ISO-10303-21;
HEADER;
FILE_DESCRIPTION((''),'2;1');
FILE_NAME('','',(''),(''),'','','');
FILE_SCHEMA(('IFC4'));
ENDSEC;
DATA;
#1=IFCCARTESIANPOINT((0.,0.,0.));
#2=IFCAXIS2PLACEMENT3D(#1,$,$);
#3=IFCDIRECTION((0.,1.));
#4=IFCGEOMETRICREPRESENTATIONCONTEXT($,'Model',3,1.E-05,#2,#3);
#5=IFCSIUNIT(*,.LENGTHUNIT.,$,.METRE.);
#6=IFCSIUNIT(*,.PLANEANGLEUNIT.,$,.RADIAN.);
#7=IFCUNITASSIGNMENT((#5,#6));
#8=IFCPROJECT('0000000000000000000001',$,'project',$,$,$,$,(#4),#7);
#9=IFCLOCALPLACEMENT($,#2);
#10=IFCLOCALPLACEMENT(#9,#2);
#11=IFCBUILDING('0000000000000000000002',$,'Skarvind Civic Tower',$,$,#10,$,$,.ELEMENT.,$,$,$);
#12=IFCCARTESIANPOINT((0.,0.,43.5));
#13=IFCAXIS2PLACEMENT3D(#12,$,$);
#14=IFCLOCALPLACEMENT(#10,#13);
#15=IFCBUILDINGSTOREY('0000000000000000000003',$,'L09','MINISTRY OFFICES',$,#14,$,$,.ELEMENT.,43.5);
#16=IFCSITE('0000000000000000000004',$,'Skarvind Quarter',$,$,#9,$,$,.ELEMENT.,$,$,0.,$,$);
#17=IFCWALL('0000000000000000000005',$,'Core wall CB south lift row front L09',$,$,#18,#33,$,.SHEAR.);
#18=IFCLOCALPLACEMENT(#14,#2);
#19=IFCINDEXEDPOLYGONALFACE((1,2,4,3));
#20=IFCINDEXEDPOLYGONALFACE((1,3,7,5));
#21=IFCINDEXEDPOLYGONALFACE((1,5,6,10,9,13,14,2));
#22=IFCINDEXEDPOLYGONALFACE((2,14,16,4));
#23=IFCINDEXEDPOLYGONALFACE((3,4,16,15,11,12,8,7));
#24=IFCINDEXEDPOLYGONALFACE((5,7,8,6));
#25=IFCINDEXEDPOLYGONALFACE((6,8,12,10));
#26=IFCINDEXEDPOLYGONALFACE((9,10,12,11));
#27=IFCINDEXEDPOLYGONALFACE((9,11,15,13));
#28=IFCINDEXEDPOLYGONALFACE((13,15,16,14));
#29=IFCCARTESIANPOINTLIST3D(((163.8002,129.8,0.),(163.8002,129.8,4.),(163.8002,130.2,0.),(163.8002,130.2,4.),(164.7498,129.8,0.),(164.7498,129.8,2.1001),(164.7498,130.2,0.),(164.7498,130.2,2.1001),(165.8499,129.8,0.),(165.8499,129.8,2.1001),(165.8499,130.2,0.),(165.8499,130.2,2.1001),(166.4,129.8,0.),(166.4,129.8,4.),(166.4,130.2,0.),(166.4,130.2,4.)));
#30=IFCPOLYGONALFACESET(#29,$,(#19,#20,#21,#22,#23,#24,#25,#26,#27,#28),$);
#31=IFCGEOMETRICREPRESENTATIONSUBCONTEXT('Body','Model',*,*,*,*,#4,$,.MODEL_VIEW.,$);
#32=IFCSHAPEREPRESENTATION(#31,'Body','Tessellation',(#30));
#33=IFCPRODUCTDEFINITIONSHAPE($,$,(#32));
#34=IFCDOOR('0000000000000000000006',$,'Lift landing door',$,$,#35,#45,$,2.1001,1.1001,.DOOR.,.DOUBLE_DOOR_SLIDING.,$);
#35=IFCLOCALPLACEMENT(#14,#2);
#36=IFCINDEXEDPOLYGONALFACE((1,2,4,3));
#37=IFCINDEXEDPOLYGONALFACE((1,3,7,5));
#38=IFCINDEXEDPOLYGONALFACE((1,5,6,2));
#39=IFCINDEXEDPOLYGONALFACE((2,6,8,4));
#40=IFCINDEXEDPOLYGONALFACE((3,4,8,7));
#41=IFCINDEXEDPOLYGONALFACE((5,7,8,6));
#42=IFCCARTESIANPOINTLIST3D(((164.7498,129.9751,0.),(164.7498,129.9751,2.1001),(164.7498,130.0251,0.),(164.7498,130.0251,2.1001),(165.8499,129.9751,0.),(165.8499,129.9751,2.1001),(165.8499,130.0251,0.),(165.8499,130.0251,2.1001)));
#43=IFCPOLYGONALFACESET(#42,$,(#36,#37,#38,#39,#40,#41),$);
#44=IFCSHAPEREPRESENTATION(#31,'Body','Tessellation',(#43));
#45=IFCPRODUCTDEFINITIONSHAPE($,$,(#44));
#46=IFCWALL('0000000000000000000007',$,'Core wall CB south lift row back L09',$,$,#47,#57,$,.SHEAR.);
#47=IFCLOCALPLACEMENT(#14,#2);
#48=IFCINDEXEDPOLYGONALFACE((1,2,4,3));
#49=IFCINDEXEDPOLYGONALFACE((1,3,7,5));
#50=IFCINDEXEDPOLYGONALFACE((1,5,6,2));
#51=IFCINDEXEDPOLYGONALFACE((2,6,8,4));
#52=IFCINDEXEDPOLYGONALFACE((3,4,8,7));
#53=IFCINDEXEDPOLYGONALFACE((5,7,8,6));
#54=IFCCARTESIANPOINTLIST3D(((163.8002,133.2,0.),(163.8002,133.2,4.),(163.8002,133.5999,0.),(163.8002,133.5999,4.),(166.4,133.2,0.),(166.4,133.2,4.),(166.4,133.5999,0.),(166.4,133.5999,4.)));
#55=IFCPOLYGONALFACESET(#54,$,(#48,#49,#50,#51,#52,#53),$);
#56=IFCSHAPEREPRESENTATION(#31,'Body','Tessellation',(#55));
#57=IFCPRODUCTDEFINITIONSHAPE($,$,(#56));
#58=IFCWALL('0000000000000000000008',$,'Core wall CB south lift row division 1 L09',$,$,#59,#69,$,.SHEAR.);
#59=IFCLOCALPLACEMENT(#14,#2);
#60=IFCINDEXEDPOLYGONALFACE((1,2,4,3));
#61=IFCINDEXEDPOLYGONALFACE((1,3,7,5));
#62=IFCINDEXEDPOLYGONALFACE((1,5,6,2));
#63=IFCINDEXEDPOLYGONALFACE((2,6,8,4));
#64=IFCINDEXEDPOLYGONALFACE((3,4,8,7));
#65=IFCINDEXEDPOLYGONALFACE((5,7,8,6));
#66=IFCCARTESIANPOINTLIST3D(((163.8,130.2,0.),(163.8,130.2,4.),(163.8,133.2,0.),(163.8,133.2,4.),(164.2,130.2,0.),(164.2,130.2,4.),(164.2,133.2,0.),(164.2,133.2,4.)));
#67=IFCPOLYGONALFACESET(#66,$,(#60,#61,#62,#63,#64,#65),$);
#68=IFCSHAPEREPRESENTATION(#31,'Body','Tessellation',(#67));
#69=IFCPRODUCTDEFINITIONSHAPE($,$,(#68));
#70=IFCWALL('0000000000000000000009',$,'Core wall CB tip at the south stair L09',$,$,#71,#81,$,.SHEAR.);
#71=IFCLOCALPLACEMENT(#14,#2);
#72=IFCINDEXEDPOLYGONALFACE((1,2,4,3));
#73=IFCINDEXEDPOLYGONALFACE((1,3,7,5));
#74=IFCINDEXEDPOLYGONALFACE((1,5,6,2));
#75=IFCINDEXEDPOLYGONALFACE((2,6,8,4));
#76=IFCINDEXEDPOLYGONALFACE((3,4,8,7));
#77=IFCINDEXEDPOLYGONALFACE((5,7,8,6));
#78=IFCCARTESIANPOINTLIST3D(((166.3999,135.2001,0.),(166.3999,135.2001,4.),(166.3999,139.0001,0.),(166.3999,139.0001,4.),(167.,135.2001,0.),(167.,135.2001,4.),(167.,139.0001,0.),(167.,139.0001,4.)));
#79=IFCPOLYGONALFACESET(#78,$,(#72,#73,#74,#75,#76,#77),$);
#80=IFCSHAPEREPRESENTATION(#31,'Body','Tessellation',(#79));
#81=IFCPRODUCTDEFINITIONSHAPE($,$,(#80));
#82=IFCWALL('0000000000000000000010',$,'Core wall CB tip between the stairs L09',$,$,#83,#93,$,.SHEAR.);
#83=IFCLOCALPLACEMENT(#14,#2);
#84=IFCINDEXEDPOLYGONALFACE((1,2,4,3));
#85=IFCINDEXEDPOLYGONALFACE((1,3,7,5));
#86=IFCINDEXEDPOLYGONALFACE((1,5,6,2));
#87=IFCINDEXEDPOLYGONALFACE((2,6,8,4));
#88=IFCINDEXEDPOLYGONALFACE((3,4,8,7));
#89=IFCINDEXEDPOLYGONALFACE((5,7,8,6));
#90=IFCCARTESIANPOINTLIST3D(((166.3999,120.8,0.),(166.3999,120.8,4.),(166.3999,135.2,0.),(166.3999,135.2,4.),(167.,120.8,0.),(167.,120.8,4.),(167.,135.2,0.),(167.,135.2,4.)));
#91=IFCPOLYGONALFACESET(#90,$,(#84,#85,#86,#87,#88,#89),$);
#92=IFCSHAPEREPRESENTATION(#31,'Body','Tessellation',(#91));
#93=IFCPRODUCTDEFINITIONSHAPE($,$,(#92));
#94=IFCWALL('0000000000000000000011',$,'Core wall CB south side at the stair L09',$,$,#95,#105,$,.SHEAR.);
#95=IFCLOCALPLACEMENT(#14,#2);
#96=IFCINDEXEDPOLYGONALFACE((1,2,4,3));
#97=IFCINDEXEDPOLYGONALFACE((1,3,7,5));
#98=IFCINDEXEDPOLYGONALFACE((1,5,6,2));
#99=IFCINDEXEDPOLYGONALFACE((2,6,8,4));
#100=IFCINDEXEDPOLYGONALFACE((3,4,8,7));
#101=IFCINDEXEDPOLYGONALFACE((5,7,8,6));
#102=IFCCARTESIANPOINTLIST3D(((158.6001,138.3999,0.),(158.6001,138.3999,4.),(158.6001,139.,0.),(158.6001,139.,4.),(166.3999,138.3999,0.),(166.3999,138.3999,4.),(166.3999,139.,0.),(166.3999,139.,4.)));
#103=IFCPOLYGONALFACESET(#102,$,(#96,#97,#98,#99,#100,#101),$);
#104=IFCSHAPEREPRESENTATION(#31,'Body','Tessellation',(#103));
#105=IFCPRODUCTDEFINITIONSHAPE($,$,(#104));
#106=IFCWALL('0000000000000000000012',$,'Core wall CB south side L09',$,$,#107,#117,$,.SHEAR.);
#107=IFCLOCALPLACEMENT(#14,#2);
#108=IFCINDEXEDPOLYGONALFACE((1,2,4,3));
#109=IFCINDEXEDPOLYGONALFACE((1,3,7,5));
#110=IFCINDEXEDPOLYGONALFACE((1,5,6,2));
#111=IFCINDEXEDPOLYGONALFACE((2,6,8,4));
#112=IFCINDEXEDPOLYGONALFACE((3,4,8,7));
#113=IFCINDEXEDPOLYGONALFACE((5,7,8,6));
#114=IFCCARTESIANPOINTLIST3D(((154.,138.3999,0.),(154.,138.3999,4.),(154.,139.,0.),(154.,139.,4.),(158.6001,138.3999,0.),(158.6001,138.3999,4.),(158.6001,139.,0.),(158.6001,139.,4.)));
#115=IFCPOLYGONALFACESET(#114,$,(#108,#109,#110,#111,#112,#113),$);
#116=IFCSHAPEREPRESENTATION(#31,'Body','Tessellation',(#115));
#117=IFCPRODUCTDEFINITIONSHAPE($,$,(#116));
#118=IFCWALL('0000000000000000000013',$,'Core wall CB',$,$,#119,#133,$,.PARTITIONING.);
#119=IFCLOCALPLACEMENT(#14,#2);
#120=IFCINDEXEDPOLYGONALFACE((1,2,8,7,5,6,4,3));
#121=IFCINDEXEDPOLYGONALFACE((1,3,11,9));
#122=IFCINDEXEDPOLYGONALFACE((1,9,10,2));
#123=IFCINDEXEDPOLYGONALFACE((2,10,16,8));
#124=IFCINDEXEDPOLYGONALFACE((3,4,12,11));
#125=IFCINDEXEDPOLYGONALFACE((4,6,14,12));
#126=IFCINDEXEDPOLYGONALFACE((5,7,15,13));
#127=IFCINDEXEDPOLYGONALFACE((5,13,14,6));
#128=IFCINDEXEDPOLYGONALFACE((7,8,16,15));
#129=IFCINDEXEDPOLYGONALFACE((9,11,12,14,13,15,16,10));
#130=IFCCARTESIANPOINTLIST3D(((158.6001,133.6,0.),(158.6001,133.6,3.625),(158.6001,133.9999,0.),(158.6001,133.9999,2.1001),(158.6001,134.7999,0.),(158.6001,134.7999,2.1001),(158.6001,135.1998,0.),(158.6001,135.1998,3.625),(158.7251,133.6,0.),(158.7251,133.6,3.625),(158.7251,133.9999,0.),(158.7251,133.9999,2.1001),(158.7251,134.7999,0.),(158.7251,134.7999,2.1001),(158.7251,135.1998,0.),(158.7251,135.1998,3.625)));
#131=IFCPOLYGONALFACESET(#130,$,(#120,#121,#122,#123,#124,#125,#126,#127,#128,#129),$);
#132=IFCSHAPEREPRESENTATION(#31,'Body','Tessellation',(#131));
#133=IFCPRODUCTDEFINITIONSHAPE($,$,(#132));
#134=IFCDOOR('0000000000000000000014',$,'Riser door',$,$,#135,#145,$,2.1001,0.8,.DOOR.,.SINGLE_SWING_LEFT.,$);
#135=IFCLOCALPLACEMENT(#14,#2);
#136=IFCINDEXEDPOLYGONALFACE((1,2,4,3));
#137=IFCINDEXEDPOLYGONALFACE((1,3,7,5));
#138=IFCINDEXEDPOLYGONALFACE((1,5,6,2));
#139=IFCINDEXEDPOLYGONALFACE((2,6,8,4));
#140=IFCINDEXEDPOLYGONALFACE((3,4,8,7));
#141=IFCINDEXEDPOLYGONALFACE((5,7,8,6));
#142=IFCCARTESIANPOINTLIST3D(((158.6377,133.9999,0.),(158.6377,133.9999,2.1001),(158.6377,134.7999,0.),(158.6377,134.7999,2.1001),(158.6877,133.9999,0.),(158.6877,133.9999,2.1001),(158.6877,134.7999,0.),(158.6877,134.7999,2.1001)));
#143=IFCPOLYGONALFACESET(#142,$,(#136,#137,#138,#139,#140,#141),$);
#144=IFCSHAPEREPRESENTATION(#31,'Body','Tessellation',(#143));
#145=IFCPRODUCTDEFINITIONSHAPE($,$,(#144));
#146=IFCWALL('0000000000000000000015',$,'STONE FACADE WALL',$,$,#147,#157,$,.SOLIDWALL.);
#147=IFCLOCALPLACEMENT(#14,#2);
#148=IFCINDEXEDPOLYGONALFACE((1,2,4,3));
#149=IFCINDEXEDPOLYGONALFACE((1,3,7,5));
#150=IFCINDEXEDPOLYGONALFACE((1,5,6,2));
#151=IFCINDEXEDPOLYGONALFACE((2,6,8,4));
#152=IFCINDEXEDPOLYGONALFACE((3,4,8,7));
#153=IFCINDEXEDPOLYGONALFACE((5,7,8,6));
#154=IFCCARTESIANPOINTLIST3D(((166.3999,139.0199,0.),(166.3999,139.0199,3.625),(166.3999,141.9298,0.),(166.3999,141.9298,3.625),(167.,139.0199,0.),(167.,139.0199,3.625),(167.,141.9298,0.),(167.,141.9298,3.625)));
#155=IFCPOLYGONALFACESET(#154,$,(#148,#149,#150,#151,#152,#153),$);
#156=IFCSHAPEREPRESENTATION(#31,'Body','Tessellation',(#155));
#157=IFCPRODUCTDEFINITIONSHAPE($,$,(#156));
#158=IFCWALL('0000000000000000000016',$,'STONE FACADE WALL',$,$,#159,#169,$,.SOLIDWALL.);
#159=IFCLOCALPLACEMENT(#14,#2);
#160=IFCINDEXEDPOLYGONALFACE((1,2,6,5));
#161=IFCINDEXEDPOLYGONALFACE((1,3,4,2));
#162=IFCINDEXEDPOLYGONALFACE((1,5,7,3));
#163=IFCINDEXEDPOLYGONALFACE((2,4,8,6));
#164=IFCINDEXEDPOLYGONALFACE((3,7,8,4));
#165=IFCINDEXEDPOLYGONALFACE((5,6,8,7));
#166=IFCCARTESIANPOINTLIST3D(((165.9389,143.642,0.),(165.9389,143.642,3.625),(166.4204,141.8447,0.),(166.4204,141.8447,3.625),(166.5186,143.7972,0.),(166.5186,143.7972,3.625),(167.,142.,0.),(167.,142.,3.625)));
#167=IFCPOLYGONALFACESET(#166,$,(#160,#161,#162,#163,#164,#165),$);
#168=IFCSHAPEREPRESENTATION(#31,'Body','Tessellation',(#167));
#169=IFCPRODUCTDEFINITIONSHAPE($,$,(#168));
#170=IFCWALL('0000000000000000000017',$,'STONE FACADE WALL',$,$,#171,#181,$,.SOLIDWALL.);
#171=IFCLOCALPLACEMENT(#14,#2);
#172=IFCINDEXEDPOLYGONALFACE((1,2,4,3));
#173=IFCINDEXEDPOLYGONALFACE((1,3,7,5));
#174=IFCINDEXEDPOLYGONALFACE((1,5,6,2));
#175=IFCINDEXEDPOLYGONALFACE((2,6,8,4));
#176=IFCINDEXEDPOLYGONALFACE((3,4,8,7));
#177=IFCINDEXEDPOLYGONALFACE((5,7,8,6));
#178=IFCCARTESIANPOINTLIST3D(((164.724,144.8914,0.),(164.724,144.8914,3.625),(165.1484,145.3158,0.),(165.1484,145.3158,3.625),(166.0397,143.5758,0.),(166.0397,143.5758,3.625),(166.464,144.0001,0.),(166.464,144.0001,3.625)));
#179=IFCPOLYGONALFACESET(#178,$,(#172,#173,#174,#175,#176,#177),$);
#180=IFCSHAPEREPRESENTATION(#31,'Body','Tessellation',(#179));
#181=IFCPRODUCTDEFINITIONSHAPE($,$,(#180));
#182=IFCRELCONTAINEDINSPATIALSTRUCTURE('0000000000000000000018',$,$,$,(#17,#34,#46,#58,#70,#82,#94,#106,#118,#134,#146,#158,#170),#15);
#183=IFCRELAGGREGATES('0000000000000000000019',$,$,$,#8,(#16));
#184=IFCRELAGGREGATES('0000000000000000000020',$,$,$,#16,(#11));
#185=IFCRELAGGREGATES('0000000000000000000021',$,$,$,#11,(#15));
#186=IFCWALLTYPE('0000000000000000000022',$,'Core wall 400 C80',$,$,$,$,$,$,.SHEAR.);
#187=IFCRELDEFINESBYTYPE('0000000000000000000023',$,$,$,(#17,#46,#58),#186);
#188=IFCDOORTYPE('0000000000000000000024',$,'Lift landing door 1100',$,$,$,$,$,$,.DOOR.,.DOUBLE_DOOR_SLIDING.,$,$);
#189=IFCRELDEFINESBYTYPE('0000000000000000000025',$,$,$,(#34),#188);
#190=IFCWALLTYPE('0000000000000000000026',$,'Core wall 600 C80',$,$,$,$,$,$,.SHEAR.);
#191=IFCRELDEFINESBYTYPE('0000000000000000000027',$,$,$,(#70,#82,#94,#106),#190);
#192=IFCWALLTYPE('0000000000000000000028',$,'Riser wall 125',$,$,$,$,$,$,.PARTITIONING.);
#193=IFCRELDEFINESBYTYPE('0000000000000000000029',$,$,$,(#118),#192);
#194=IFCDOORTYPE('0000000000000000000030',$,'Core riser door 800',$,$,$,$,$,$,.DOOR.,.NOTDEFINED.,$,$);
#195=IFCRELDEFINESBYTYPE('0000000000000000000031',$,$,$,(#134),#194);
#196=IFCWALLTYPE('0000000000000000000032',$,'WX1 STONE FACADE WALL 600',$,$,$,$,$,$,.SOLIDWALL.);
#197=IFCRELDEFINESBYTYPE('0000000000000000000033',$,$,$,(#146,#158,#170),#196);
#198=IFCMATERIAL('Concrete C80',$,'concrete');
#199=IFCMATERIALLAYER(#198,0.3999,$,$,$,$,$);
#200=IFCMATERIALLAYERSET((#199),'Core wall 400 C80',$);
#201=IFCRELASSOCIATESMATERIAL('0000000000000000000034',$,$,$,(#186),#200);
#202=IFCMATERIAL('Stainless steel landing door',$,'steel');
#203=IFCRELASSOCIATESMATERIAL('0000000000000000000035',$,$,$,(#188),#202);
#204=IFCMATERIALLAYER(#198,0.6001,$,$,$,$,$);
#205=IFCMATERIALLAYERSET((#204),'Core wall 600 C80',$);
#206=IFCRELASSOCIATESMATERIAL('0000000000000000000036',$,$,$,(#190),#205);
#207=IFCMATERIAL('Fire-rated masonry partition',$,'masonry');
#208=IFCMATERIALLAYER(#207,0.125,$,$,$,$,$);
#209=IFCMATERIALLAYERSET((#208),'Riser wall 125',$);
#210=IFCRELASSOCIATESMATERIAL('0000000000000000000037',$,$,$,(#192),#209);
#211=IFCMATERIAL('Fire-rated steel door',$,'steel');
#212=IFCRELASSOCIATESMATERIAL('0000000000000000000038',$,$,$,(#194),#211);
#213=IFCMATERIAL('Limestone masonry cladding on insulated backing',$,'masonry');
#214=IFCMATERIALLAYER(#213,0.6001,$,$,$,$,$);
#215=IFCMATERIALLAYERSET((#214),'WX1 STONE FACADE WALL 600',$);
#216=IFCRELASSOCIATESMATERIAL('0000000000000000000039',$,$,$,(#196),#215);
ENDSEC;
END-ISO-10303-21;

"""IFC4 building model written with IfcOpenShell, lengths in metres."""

from ifc_helpers import new_model, si_unit, direction, frame, frame_2d, origin, place, context, subcontext, project, spatial, rectangle, extrude, material, layer, layer_set, type_object, element, fill, save


model = new_model("IFC4")

# Units and contexts
model_context = context("Model", 3, precision=1e-05, world=origin(), true_north=direction((0.0, 1.0)))
body_context = subcontext(model_context, "Body", "Model", "MODEL_VIEW")
ifc_project = project(units=[si_unit("LENGTHUNIT", "METRE"), si_unit("PLANEANGLEUNIT", "RADIAN")], contexts=[model_context])

# Site, building, storey
site_placement = place(None, origin())
site = spatial("IfcSite", under=ifc_project, at=site_placement, Name="Skarvind Quarter", CompositionType="ELEMENT", RefElevation=0.0)
building_placement = place(site_placement, origin())
building = spatial("IfcBuilding", under=site, at=building_placement, Name="Skarvind Civic Tower", CompositionType="ELEMENT")
storey_placement = place(building_placement, frame((0.0, 0.0, 43.5)))
storey = spatial("IfcBuildingStorey", under=building, at=storey_placement, Name="L09", Description="MINISTRY OFFICES", CompositionType="ELEMENT", Elevation=43.5)

# Shared definitions
ifc_material_1 = material(Name="Fire-rated masonry partition", Category="masonry")
ifc_material_2 = material(Name="Fire-rated steel door", Category="steel")

# Shared definitions
ifc_material_3 = material(Name="Concrete C80", Category="concrete")
ifc_layer_1 = layer(ifc_material_3, 0.3999)
ifc_layer_set_1 = layer_set([ifc_layer_1], Name="Core wall 400 C80")
wall_type_1 = type_object("IfcWallType", Name="Core wall 400 C80", PredefinedType="SHEAR", material=ifc_layer_set_1)

# Wall, opening, door
wall_1_placement = place(storey_placement, frame((166.3999, 130.0, 0.0), z_axis=(0.0, 0.0, 1.0), x_axis=(-1.0, 0.0, 0.0)))
wall_1 = element("IfcWall", 1, at=wall_1_placement, inside=storey, type_object=wall_type_1, Name="Core wall CB south lift row front L09", PredefinedType="SHEAR", context=body_context, shape_type="SweptSolid", body=[
    extrude(rectangle(XDim=2.5999, YDim=0.3999, at=frame_2d((1.2998, 0.0))), origin(), (0.0, 0.0, 1.0), 4.0),
])
opening_1_placement = place(wall_1_placement, frame((0.55, 0.0, 0.0)))
opening_1 = element("IfcOpeningElement", 2, at=opening_1_placement, cuts=wall_1, PredefinedType="OPENING", context=body_context, shape_type="SweptSolid", body=[
    extrude(rectangle(XDim=1.1001, YDim=2.1001, at=frame_2d((0.55, 1.05))), frame((0.0, 0.21, 0.0), z_axis=(0.0, -1.0, 0.0), x_axis=(1.0, 0.0, 0.0)), (0.0, 0.0, 1.0), 0.4199),
])
ifc_material_4 = material(Name="Stainless steel landing door", Category="steel")
door_type_1 = type_object("IfcDoorType", Name="Lift landing door 1100", OperationType="DOUBLE_DOOR_SLIDING", PredefinedType="DOOR", material=ifc_material_4)
door_1_placement = place(opening_1_placement, origin())
door_1 = element("IfcDoor", 3, at=door_1_placement, inside=storey, type_object=door_type_1, Name="Lift landing door", OperationType="DOUBLE_DOOR_SLIDING", OverallHeight=2.1001, OverallWidth=1.1001, PredefinedType="DOOR", context=body_context, shape_type="SweptSolid", body=[
    extrude(rectangle(XDim=1.1001, YDim=2.1001, at=frame_2d((0.55, 1.05))), frame((0.0, 0.0249, 0.0), z_axis=(0.0, -1.0, 0.0), x_axis=(1.0, 0.0, 0.0)), (0.0, 0.0, 1.0), 0.05),
])
fill(opening_1, door_1)

# Walls
wall_2_placement = place(storey_placement, frame((166.3999, 133.3999, 0.0), z_axis=(0.0, 0.0, 1.0), x_axis=(-1.0, 0.0, 0.0)))
element("IfcWall", 4, at=wall_2_placement, inside=storey, type_object=wall_type_1, Name="Core wall CB south lift row back L09", PredefinedType="SHEAR", context=body_context, shape_type="SweptSolid", body=[
    extrude(rectangle(XDim=2.5999, YDim=0.3999, at=frame_2d((1.2998, 0.0))), origin(), (0.0, 0.0, 1.0), 4.0),
])
wall_3_placement = place(storey_placement, frame((164.0, 133.2, 0.0), z_axis=(0.0, 0.0, 1.0), x_axis=(0.0, -1.0, 0.0)))
element("IfcWall", 5, at=wall_3_placement, inside=storey, type_object=wall_type_1, Name="Core wall CB south lift row division 1 L09", PredefinedType="SHEAR", context=body_context, shape_type="SweptSolid", body=[
    extrude(rectangle(XDim=3.0, YDim=0.3999, at=frame_2d((1.5, 0.0))), origin(), (0.0, 0.0, 1.0), 4.0),
])
ifc_layer_2 = layer(ifc_material_3, 0.6001)
ifc_layer_set_2 = layer_set([ifc_layer_2], Name="Core wall 600 C80")
wall_type_2 = type_object("IfcWallType", Name="Core wall 600 C80", PredefinedType="SHEAR", material=ifc_layer_set_2)
wall_4_placement = place(storey_placement, frame((166.7, 139.0, 0.0), z_axis=(0.0, 0.0, 1.0), x_axis=(0.0, -1.0, 0.0)))
element("IfcWall", 6, at=wall_4_placement, inside=storey, type_object=wall_type_2, Name="Core wall CB tip at the south stair L09", PredefinedType="SHEAR", context=body_context, shape_type="SweptSolid", body=[
    extrude(rectangle(XDim=3.8, YDim=0.6001, at=frame_2d((1.8999, 0.0))), origin(), (0.0, 0.0, 1.0), 4.0),
])
wall_5_placement = place(storey_placement, frame((166.7, 135.2, 0.0), z_axis=(0.0, 0.0, 1.0), x_axis=(0.0, -1.0, 0.0)))
element("IfcWall", 7, at=wall_5_placement, inside=storey, type_object=wall_type_2, Name="Core wall CB tip between the stairs L09", PredefinedType="SHEAR", context=body_context, shape_type="SweptSolid", body=[
    extrude(rectangle(XDim=14.3999, YDim=0.6001, at=frame_2d((7.2, 0.0))), origin(), (0.0, 0.0, 1.0), 4.0),
])
wall_6_placement = place(storey_placement, frame((166.3999, 138.7, 0.0), z_axis=(0.0, 0.0, 1.0), x_axis=(-1.0, 0.0, 0.0)))
element("IfcWall", 8, at=wall_6_placement, inside=storey, type_object=wall_type_2, Name="Core wall CB south side at the stair L09", PredefinedType="SHEAR", context=body_context, shape_type="SweptSolid", body=[
    extrude(rectangle(XDim=7.7998, YDim=0.6001, at=frame_2d((3.8999, 0.0))), origin(), (0.0, 0.0, 1.0), 4.0),
])
wall_7_placement = place(storey_placement, frame((158.6001, 138.7, 0.0), z_axis=(0.0, 0.0, 1.0), x_axis=(-1.0, 0.0, 0.0)))
element("IfcWall", 9, at=wall_7_placement, inside=storey, type_object=wall_type_2, Name="Core wall CB south side L09", PredefinedType="SHEAR", context=body_context, shape_type="SweptSolid", body=[
    extrude(rectangle(XDim=4.6001, YDim=0.6001, at=frame_2d((2.3, 0.0))), origin(), (0.0, 0.0, 1.0), 4.0),
])

# Wall, opening, door
ifc_layer_3 = layer(ifc_material_1, 0.125)
ifc_layer_set_3 = layer_set([ifc_layer_3], Name="Riser wall 125")
wall_type_3 = type_object("IfcWallType", Name="Riser wall 125", PredefinedType="PARTITIONING", material=ifc_layer_set_3)
wall_8_placement = place(storey_placement, frame((158.6626, 133.6001, 0.0), z_axis=(0.0, 0.0, 1.0), x_axis=(0.0, 1.0, 0.0)))
wall_8 = element("IfcWall", 10, at=wall_8_placement, inside=storey, type_object=wall_type_3, Name="Core wall CB", PredefinedType="PARTITIONING", context=body_context, shape_type="SweptSolid", body=[
    extrude(rectangle(XDim=1.5999, YDim=0.125, at=frame_2d((0.7998, 0.0))), origin(), (0.0, 0.0, 1.0), 3.625),
])
opening_2_placement = place(wall_8_placement, frame((0.3999, 0.0, 0.0)))
opening_2 = element("IfcOpeningElement", 11, at=opening_2_placement, cuts=wall_8, PredefinedType="OPENING", context=body_context, shape_type="SweptSolid", body=[
    extrude(rectangle(XDim=0.8, YDim=2.1001, at=frame_2d((0.3999, 1.05))), frame((0.0, 0.0725, 0.0), z_axis=(0.0, -1.0, 0.0), x_axis=(1.0, 0.0, 0.0)), (0.0, 0.0, 1.0), 0.145),
])
door_type_2 = type_object("IfcDoorType", Name="Core riser door 800", OperationType="NOTDEFINED", PredefinedType="DOOR", material=ifc_material_2)
door_2_placement = place(opening_2_placement, origin())
door_2 = element("IfcDoor", 12, at=door_2_placement, inside=storey, type_object=door_type_2, Name="Riser door", OperationType="SINGLE_SWING_LEFT", OverallHeight=2.1001, OverallWidth=0.8, PredefinedType="DOOR", context=body_context, shape_type="SweptSolid", body=[
    extrude(rectangle(XDim=0.8, YDim=2.1001, at=frame_2d((0.3999, 1.05))), frame((0.0, 0.0249, 0.0), z_axis=(0.0, -1.0, 0.0), x_axis=(1.0, 0.0, 0.0)), (0.0, 0.0, 1.0), 0.05),
])
fill(opening_2, door_2)

# Walls
ifc_material_5 = material(Name="Limestone masonry cladding on insulated backing", Category="masonry")
ifc_layer_4 = layer(ifc_material_5, 0.6001)
ifc_layer_set_4 = layer_set([ifc_layer_4], Name="WX1 STONE FACADE WALL 600")
wall_type_4 = type_object("IfcWallType", Name="WX1 STONE FACADE WALL 600", PredefinedType="SOLIDWALL", material=ifc_layer_set_4)
wall_9_placement = place(storey_placement, frame((166.7, 141.9299, 0.0), z_axis=(0.0, 0.0, 1.0), x_axis=(0.0, -1.0, 0.0)))
element("IfcWall", 13, at=wall_9_placement, inside=storey, type_object=wall_type_4, Name="STONE FACADE WALL", PredefinedType="SOLIDWALL", context=body_context, shape_type="SweptSolid", body=[
    extrude(rectangle(XDim=2.9099, YDim=0.6001, at=frame_2d((1.4551, 0.0))), origin(), (0.0, 0.0, 1.0), 3.625),
])
for number, where, z_axis, x_axis, name in (
    (14, (166.2288, 143.7195, 0.0), (0.0, 0.0, 1.0), (0.258773, -0.965938, 0.0), "STONE FACADE WALL"),
    (15, (164.9363, 145.1035, 0.0), (0.0, 0.0, 1.0), (0.707107, -0.707107, 0.0), "STONE FACADE WALL"),
):
    element("IfcWall", number, at=place(storey_placement, frame(where, z_axis=z_axis, x_axis=x_axis)), inside=storey, type_object=wall_type_4, Name=name, PredefinedType="SOLIDWALL", context=body_context, shape_type="SweptSolid", body=[
        extrude(rectangle(XDim=1.8606, YDim=0.6001, at=frame_2d((0.9302, 0.0))), origin(), (0.0, 0.0, 1.0), 3.625),
    ])

save(model, "model.ifc")
